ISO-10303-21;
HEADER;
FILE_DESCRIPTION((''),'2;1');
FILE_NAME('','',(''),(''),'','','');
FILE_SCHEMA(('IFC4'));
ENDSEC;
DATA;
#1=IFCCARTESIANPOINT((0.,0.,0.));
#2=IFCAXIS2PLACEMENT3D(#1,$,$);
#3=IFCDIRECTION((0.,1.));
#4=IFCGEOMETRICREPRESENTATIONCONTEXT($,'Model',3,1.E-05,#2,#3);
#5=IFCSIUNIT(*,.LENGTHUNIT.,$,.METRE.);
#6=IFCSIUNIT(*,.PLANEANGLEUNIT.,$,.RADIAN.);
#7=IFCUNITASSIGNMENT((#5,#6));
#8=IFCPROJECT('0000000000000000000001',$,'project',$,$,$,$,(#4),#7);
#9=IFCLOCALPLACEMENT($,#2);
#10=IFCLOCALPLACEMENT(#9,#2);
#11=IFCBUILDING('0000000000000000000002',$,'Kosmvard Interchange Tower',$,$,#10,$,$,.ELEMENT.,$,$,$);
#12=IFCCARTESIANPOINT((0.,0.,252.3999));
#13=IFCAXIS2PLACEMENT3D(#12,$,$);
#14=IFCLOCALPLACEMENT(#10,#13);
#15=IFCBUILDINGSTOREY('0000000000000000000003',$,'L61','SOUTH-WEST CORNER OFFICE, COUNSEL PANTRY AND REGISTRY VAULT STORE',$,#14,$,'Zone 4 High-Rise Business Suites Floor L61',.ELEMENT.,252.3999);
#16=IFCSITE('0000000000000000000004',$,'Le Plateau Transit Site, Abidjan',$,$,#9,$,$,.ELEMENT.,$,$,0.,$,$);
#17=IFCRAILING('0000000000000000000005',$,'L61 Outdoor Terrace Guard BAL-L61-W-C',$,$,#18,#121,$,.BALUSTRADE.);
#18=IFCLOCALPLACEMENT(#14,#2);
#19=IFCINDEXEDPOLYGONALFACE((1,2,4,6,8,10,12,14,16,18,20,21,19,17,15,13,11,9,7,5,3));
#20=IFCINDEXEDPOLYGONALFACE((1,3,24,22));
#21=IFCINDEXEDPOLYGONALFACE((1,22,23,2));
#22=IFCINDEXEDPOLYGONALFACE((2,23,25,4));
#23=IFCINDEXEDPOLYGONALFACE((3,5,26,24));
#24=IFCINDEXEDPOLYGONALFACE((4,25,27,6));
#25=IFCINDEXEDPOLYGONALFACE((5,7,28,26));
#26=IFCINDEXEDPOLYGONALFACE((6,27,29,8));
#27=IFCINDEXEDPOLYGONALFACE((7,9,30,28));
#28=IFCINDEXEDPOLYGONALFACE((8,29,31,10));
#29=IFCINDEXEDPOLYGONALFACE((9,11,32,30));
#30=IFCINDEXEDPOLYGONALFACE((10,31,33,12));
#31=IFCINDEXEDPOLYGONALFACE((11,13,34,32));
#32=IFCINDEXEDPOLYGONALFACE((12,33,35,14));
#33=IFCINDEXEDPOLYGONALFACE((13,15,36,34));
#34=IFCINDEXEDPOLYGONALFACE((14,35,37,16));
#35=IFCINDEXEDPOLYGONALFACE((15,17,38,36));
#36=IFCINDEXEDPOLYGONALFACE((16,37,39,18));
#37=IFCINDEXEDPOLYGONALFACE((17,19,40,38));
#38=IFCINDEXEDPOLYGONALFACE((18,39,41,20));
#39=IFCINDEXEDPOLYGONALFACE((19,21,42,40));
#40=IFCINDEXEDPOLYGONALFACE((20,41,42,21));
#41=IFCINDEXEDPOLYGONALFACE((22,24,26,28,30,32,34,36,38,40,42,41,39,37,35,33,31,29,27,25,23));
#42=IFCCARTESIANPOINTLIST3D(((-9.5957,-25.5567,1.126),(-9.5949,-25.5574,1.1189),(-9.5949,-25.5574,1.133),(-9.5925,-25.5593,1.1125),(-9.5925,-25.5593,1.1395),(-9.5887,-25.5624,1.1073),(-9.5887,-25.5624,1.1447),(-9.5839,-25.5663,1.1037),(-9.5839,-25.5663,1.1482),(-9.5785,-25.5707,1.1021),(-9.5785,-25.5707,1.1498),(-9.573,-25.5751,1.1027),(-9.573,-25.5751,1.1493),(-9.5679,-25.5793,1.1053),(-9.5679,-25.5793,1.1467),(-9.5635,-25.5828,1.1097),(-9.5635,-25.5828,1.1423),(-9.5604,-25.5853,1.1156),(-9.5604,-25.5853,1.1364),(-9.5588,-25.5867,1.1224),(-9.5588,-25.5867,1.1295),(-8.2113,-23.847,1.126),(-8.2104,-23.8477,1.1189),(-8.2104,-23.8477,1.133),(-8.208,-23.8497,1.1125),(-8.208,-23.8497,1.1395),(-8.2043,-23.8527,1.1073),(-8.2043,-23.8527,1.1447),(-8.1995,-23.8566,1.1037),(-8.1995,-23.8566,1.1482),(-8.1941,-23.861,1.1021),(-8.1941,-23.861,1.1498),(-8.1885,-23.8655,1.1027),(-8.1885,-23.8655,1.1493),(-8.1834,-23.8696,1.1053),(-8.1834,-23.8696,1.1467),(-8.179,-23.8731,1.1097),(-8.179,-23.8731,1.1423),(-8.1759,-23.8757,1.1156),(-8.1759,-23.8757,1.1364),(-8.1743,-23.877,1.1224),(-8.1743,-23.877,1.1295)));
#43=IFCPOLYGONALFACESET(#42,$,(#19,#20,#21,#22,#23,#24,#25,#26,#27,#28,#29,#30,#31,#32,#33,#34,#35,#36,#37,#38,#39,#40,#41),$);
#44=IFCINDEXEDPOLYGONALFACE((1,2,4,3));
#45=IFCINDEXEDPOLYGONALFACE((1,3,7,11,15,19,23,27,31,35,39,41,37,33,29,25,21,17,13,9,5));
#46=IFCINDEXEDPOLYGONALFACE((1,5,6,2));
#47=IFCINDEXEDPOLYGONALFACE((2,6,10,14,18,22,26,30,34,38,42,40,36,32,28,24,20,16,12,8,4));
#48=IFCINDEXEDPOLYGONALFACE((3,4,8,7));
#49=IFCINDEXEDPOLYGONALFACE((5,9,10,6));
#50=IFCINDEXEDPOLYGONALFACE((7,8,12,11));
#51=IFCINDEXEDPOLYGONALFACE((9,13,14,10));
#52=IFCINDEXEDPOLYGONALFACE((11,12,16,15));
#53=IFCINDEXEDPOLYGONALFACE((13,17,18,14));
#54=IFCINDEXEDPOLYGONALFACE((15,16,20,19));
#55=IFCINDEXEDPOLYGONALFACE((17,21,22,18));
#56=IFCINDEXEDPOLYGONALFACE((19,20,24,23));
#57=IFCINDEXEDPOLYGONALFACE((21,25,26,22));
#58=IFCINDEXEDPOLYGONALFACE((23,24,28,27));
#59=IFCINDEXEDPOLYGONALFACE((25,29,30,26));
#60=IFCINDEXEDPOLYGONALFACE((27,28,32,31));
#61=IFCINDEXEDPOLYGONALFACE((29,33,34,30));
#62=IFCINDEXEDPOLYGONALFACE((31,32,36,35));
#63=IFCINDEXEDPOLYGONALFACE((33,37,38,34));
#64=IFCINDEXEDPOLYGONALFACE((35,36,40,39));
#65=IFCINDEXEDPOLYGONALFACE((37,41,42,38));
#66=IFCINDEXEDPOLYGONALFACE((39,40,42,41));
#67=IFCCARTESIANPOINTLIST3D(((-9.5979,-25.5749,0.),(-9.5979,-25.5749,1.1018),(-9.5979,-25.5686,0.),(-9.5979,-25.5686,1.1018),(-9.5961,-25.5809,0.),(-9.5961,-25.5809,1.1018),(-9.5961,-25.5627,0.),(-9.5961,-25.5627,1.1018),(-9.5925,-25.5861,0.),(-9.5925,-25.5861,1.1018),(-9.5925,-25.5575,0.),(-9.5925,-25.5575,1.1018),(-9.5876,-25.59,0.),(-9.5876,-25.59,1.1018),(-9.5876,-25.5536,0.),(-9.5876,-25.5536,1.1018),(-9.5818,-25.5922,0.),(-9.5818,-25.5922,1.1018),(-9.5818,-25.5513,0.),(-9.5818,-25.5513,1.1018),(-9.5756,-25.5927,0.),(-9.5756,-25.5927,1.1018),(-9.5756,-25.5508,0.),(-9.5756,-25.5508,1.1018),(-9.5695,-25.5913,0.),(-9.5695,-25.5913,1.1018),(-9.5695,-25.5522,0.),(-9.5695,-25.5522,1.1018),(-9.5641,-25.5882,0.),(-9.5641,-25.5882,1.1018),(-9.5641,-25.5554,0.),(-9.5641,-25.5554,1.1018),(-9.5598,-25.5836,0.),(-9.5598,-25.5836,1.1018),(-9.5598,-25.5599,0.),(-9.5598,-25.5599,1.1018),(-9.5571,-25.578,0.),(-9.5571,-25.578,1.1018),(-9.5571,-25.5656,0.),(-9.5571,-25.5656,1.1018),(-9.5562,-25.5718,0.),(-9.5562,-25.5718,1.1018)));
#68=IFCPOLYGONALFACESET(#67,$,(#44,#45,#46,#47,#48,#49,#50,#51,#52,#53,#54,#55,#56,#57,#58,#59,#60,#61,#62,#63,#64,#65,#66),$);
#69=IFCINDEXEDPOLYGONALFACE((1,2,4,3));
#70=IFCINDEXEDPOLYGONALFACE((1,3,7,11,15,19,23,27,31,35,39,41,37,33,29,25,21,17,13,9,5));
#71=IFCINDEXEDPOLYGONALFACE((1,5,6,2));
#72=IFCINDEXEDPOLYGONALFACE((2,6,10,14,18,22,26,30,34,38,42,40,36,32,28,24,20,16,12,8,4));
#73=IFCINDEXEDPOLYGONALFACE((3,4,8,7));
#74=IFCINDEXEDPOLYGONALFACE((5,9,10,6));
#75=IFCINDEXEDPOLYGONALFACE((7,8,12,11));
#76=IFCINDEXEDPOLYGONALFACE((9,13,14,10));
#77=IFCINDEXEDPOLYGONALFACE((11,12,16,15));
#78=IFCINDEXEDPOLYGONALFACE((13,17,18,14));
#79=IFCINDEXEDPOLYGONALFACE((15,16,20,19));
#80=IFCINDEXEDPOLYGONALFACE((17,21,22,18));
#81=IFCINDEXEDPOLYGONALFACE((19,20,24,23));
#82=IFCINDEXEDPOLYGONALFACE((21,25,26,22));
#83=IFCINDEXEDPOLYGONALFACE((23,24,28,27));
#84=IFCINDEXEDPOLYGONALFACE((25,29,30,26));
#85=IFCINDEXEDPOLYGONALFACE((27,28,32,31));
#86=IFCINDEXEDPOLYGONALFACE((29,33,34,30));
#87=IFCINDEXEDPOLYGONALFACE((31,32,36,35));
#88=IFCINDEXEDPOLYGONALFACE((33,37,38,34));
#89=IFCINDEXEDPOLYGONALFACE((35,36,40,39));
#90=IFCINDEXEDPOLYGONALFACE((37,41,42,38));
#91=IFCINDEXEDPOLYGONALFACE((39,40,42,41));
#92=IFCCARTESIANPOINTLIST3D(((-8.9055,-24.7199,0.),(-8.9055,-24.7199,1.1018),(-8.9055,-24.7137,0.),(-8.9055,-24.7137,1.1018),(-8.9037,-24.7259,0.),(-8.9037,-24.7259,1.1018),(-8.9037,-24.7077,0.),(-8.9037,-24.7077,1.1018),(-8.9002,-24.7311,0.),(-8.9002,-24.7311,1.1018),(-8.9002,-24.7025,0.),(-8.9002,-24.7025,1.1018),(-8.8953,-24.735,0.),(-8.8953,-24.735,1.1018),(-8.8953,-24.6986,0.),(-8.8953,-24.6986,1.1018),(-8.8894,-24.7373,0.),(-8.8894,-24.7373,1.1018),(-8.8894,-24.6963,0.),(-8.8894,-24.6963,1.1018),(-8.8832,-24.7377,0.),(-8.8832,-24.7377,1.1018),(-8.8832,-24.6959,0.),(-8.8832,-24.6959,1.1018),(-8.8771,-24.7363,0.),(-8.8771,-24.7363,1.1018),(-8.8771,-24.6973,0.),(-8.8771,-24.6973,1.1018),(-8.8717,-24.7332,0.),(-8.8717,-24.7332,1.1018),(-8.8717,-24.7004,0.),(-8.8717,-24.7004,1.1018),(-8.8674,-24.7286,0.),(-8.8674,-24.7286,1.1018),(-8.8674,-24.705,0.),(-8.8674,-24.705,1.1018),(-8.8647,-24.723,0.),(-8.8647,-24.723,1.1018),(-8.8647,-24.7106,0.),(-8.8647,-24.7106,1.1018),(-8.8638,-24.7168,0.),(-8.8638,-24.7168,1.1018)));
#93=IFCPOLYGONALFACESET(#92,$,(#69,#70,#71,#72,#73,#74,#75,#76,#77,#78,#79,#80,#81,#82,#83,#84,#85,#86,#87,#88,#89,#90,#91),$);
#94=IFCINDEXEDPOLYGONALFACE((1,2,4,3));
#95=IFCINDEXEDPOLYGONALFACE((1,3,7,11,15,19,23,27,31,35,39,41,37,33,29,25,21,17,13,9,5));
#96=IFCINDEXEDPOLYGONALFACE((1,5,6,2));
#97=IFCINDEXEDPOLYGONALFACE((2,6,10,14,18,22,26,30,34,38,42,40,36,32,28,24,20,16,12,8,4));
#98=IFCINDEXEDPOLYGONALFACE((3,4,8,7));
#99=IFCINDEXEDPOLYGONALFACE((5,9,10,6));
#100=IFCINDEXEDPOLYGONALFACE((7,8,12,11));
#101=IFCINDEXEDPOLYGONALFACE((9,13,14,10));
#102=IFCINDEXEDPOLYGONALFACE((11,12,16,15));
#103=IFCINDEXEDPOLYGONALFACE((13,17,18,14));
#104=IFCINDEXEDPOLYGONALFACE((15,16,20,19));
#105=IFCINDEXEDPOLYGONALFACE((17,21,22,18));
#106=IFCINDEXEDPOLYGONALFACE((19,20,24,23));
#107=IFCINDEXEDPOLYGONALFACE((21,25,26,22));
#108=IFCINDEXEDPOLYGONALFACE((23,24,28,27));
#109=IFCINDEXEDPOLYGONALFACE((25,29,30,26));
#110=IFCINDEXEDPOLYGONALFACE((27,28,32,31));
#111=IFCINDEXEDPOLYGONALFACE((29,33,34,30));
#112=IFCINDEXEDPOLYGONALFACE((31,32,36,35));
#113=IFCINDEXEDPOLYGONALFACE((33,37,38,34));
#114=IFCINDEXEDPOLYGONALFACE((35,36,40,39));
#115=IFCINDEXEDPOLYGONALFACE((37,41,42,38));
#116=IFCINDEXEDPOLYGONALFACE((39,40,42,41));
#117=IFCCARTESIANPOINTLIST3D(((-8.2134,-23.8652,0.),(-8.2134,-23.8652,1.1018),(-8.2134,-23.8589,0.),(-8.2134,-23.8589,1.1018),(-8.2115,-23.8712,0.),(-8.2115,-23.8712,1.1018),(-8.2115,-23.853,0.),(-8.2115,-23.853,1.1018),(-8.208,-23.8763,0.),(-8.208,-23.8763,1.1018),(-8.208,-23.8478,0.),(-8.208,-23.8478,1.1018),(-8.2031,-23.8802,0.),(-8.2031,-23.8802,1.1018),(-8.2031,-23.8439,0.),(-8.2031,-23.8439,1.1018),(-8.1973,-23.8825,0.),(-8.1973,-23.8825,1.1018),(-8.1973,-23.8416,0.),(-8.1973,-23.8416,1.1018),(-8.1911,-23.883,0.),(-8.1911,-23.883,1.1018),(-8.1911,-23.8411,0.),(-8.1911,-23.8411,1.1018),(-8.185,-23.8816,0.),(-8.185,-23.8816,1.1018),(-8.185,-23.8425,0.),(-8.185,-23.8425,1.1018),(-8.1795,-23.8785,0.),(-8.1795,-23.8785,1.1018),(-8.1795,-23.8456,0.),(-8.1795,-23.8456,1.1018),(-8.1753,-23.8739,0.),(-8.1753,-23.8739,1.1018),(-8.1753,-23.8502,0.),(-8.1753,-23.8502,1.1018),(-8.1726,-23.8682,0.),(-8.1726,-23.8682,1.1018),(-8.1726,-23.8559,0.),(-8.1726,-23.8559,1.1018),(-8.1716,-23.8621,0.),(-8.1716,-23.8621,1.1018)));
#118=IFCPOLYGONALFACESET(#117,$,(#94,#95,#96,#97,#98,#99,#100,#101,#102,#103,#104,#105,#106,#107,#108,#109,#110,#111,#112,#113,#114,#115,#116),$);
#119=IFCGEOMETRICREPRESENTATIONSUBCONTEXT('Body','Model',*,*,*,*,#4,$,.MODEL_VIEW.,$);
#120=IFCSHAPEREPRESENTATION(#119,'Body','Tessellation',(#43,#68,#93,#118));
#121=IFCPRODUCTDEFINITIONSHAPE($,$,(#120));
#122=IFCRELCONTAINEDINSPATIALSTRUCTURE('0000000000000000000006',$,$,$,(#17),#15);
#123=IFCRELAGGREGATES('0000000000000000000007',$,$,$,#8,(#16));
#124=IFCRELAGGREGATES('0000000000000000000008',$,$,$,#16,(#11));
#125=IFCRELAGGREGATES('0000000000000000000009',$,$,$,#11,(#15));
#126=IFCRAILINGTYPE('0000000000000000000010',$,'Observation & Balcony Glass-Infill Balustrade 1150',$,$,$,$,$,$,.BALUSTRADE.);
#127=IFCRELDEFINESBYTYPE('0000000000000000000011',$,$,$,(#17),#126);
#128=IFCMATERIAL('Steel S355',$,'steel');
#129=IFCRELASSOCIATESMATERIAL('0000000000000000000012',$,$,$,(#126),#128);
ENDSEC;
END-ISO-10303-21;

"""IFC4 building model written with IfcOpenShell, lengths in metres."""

from ifc_helpers import new_model, si_unit, direction, frame, origin, origin_2d, place, context, subcontext, project, spatial, circle, extrude, source, transform, mapped, material, type_object, element, save


model = new_model("IFC4")

# Units and contexts
model_context = context("Model", 3, precision=1e-05, world=origin(), true_north=direction((0.0, 1.0)))
body_context = subcontext(model_context, "Body", "Model", "MODEL_VIEW")
ifc_project = project(units=[si_unit("LENGTHUNIT", "METRE"), si_unit("PLANEANGLEUNIT", "RADIAN")], contexts=[model_context])

# Site, building, storey
site_placement = place(None, origin())
site = spatial("IfcSite", under=ifc_project, at=site_placement, Name="Le Plateau Transit Site, Abidjan", CompositionType="ELEMENT", RefElevation=0.0)
building_placement = place(site_placement, origin())
building = spatial("IfcBuilding", under=site, at=building_placement, Name="Kosmvard Interchange Tower", CompositionType="ELEMENT")
storey_placement = place(building_placement, frame((0.0, 0.0, 252.3999)))
storey = spatial("IfcBuildingStorey", under=building, at=storey_placement, Name="L61", Description="SOUTH-WEST CORNER OFFICE, COUNSEL PANTRY AND REGISTRY VAULT STORE", LongName="Zone 4 High-Rise Business Suites Floor L61", CompositionType="ELEMENT", Elevation=252.3999)

# Shared definitions
ifc_material_1 = material(Name="Steel S355", Category="steel")

# Railing
railing_type = type_object("IfcRailingType", Name="Observation & Balcony Glass-Infill Balustrade 1150", PredefinedType="BALUSTRADE", material=ifc_material_1)
shared_shape_1 = source(origin(), body_context, "Body", "SweptSolid", [
    extrude(circle(Radius=0.0239, at=origin_2d()), frame((0.0, 0.0, 1.126), z_axis=(0.629326, 0.777141, 0.0), x_axis=(-0.777141, 0.629326, 0.0)), (0.0, 0.0, 1.0), 2.2),
    extrude(circle(Radius=0.021, at=origin_2d()), origin(), (0.0, 0.0, 1.0), 1.1018),
    extrude(circle(Radius=0.021, at=origin_2d()), frame((0.6924, 0.855, 0.0)), (0.0, 0.0, 1.0), 1.1018),
    extrude(circle(Radius=0.021, at=origin_2d()), frame((1.3845, 1.7097, 0.0)), (0.0, 0.0, 1.0), 1.1018),
])
railing_placement = place(storey_placement, frame((-9.5771, -25.5718, 0.0)))
element("IfcRailing", 1, at=railing_placement, inside=storey, type_object=railing_type, Name="L61 Outdoor Terrace Guard BAL-L61-W-C", PredefinedType="BALUSTRADE", context=body_context, shape_type="MappedRepresentation", body=[
    mapped(shared_shape_1, transform((0.0, 0.0, 0.0), scale=1.0)),
])

save(model, "model.ifc")
